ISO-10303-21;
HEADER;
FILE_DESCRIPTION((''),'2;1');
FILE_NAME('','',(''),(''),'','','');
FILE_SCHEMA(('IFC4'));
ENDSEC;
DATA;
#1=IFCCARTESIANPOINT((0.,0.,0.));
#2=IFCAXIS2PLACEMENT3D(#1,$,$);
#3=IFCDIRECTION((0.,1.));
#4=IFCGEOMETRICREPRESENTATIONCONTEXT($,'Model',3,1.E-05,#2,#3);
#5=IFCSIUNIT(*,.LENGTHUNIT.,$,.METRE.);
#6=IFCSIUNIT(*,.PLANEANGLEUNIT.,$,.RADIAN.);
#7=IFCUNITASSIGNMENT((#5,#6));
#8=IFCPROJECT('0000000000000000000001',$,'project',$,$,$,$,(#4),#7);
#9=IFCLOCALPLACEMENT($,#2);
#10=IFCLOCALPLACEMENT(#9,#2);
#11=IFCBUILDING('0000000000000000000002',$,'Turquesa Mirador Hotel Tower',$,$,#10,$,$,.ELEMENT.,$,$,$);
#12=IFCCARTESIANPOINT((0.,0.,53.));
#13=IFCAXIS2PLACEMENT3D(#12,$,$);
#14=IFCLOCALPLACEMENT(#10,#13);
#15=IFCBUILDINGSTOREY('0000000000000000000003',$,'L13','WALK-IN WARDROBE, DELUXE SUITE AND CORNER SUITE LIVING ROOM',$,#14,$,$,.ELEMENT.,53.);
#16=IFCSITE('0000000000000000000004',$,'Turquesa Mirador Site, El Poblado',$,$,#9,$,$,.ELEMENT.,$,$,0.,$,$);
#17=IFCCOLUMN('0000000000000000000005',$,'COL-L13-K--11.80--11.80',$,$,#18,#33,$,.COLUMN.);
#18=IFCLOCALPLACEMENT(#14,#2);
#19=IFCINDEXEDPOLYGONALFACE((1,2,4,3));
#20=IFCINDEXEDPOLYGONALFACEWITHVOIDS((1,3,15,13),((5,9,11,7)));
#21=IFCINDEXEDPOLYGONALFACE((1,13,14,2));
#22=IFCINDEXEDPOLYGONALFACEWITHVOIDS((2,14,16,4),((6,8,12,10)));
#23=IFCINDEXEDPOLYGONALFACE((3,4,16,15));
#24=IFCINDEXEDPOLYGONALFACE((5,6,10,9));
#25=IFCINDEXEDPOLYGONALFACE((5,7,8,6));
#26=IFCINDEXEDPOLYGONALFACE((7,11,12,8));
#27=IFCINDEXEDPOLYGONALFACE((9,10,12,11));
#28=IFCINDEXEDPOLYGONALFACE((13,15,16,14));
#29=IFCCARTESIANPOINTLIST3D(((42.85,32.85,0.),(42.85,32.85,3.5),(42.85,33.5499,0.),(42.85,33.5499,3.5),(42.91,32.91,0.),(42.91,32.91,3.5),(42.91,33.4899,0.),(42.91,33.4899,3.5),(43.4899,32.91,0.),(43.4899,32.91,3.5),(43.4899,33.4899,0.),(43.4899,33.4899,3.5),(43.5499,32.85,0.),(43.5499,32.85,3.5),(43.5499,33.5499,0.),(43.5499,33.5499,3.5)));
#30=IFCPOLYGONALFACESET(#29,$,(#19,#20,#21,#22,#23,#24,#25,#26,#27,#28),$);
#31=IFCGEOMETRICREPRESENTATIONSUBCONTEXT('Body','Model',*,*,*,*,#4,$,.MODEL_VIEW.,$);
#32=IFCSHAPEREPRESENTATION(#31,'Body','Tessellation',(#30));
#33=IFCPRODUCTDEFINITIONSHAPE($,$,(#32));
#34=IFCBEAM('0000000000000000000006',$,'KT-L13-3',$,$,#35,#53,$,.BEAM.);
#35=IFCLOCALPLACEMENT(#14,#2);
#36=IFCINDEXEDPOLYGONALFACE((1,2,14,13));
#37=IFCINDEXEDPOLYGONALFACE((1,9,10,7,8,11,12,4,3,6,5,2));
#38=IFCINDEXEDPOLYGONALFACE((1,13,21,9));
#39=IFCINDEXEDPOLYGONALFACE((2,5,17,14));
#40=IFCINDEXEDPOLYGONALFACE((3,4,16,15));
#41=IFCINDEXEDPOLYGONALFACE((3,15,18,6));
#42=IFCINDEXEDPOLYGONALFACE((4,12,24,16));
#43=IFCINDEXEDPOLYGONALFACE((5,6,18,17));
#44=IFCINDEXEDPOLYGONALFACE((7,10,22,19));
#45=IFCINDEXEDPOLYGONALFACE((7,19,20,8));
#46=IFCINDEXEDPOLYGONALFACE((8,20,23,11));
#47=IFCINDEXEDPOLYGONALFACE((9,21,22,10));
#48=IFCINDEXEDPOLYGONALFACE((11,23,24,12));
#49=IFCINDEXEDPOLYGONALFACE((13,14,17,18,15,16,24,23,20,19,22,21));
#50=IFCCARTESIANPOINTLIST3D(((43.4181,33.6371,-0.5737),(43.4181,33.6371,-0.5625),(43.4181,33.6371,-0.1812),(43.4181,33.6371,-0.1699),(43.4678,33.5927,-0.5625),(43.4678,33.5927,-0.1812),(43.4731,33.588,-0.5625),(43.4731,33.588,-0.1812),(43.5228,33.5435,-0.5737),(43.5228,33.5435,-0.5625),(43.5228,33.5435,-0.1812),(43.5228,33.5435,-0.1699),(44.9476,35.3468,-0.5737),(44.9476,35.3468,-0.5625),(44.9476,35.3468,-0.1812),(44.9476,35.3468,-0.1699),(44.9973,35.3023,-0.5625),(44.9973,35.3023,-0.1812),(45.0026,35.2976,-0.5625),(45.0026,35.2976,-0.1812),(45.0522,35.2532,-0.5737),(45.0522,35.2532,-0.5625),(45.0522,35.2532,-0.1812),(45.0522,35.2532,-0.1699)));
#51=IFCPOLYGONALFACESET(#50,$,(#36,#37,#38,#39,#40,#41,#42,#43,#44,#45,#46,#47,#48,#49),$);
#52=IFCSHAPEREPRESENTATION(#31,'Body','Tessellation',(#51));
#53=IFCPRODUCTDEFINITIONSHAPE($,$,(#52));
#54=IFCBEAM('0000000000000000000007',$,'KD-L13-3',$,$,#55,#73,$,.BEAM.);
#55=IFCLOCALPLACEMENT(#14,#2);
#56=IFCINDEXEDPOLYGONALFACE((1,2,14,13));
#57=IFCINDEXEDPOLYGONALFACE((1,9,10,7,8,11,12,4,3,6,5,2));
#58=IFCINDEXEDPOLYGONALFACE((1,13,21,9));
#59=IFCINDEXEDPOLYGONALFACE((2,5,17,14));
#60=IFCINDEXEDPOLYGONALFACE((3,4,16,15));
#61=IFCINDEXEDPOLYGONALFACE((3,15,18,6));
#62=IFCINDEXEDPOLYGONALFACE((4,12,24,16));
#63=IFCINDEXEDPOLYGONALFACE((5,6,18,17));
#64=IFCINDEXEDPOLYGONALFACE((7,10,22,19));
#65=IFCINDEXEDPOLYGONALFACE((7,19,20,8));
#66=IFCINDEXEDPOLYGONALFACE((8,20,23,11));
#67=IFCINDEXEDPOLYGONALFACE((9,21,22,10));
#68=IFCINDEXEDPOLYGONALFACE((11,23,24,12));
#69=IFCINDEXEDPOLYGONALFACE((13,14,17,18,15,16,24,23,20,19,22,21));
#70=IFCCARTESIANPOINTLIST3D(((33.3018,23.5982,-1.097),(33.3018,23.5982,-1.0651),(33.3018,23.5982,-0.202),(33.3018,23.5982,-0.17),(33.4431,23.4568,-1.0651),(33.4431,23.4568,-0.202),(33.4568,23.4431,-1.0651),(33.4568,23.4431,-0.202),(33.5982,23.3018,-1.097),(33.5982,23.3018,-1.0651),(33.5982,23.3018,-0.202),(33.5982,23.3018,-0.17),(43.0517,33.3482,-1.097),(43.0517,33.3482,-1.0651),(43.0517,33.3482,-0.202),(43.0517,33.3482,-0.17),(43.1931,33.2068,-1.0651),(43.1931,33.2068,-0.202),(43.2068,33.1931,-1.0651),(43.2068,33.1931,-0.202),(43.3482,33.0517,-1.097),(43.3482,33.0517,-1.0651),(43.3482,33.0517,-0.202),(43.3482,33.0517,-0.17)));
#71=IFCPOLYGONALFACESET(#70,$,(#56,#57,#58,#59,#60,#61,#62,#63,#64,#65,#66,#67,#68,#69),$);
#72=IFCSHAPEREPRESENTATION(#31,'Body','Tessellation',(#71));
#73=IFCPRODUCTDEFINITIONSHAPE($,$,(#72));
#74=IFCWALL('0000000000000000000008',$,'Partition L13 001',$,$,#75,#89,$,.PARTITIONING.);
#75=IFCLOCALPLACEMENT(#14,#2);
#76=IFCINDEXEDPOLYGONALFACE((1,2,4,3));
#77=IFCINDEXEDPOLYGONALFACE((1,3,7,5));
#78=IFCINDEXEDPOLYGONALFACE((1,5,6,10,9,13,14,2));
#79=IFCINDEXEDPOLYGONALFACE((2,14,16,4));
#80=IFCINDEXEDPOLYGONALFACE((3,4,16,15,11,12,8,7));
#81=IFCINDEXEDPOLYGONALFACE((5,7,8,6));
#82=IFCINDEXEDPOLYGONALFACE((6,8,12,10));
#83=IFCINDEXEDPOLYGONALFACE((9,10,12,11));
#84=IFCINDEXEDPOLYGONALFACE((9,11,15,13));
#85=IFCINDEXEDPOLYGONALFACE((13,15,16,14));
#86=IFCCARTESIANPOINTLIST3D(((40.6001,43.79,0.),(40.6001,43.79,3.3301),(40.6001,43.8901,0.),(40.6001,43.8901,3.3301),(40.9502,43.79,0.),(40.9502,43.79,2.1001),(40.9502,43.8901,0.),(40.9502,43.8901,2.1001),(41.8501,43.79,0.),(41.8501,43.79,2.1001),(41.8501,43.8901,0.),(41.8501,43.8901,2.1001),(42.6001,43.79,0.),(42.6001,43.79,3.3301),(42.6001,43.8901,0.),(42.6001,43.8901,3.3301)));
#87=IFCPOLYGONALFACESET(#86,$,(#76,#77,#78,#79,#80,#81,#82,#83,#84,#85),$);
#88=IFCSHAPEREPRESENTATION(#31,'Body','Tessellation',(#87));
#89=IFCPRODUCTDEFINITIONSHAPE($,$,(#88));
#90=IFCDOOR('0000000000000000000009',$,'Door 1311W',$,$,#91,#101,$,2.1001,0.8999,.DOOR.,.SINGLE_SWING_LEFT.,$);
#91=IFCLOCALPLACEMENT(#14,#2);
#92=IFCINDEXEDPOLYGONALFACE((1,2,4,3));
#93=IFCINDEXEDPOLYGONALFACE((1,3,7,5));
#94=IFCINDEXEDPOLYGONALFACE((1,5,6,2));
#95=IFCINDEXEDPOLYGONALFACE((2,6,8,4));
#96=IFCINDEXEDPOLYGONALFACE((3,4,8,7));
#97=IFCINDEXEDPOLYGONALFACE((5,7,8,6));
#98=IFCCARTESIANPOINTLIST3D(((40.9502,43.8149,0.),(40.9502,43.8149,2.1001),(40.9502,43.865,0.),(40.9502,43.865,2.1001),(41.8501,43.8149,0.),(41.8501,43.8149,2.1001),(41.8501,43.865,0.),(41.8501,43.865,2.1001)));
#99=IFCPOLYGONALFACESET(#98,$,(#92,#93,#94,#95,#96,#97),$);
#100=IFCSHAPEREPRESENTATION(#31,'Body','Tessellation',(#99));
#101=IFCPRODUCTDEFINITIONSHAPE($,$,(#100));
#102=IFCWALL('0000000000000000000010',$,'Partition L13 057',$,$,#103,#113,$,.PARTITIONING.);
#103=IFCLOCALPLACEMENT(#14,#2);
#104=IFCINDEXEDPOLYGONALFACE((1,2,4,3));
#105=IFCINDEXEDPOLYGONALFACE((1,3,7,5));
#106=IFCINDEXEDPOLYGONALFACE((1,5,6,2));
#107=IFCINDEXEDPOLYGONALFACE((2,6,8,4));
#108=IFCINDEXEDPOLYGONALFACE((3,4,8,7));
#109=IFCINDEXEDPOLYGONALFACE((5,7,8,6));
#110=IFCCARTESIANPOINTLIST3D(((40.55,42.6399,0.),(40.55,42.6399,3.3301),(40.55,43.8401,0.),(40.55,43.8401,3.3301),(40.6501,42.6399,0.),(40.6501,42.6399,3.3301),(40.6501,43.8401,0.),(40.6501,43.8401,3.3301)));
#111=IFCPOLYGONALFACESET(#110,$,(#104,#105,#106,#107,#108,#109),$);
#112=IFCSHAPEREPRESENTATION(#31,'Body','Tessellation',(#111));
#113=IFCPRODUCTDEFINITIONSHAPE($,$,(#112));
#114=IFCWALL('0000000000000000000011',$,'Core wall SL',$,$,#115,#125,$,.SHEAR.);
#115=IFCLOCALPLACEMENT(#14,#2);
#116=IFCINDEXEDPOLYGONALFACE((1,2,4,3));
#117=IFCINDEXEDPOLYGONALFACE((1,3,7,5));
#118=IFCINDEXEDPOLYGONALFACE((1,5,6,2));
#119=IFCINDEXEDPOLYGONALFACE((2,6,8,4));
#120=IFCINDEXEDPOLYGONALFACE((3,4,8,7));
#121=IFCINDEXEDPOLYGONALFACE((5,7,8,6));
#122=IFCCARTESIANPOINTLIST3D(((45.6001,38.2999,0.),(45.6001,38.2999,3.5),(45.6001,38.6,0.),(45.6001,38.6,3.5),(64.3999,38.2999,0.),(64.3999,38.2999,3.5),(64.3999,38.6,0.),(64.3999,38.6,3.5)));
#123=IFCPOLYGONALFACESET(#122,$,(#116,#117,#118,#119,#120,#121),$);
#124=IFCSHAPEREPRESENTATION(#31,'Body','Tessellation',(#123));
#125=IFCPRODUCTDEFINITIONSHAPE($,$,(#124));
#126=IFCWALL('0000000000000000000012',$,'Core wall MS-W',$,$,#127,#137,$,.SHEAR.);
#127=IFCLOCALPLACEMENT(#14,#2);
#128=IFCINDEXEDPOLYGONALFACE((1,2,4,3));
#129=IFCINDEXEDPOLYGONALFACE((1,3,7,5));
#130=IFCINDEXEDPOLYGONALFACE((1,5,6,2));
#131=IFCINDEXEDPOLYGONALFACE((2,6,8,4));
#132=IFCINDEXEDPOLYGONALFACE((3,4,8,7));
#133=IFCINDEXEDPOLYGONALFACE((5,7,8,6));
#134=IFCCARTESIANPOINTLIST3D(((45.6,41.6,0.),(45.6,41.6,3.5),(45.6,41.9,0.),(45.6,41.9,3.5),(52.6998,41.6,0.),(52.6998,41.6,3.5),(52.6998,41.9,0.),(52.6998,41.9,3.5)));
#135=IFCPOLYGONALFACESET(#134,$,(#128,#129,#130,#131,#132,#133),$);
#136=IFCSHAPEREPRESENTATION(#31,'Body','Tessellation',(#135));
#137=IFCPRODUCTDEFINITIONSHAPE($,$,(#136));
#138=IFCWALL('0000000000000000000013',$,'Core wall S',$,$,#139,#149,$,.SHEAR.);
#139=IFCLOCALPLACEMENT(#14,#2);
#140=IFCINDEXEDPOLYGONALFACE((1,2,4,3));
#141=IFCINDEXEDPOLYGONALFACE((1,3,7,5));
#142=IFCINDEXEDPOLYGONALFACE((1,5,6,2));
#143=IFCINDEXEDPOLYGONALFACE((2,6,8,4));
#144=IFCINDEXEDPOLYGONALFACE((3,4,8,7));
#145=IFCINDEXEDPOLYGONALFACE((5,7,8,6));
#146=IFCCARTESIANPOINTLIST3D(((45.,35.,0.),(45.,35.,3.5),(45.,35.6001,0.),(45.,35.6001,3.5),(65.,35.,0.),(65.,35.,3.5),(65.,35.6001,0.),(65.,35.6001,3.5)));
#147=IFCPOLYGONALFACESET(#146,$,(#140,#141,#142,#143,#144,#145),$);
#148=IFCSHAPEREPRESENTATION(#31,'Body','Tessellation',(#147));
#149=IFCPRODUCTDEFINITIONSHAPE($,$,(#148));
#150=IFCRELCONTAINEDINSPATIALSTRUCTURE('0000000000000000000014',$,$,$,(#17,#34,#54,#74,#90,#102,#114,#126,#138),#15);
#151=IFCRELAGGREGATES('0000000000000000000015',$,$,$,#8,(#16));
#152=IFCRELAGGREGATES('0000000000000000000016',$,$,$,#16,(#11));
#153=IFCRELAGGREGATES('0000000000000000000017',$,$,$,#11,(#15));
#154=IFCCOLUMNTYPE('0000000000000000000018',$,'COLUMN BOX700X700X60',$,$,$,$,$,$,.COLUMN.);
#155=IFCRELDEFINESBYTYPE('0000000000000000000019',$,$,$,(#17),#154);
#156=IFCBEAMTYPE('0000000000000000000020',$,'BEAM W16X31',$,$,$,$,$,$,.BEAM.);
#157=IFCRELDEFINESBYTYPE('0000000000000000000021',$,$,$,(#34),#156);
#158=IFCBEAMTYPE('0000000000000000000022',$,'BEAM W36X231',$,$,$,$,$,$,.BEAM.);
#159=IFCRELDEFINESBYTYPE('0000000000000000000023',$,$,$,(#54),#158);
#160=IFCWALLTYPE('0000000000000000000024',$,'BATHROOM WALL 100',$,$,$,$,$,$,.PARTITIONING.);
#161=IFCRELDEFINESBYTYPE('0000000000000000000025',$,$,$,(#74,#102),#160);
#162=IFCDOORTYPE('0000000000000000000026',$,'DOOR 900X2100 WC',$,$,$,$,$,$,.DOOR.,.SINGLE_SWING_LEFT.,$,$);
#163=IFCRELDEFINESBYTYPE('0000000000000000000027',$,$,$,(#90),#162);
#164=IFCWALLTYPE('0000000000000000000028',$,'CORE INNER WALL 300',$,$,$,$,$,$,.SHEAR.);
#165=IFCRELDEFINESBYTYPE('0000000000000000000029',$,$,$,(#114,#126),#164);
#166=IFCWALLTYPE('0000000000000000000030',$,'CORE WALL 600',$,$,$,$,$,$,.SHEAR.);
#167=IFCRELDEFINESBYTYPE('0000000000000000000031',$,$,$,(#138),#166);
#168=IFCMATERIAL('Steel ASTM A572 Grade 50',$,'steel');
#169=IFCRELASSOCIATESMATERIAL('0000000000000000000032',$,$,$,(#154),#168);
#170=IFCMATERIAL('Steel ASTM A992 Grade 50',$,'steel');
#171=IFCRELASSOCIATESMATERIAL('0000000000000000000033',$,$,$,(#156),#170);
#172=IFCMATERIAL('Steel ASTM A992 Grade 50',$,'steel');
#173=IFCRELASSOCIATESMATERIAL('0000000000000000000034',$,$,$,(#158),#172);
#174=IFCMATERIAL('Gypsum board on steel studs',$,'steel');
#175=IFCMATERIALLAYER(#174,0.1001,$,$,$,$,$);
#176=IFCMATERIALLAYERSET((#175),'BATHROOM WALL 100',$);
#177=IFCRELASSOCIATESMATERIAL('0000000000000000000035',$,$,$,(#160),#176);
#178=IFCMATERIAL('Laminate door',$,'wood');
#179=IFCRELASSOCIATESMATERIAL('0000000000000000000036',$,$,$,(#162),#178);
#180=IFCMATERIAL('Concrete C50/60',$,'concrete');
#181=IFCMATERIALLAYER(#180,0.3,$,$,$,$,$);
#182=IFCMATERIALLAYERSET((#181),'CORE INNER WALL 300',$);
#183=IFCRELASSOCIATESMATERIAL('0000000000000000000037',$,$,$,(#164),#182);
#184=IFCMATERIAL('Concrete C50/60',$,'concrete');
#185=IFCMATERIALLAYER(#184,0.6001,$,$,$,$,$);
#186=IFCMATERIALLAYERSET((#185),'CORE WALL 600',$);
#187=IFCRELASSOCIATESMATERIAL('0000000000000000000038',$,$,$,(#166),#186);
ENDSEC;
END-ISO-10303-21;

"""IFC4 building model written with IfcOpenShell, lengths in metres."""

from ifc_helpers import new_model, si_unit, direction, frame, frame_2d, origin, origin_2d, place, context, subcontext, project, spatial, rectangle, hollow_rectangle, i_section, extrude, material, layer, layer_set, material_profile, profile_set, type_object, element, fill, save


model = new_model("IFC4")

# Units and contexts
model_context = context("Model", 3, precision=1e-05, world=origin(), true_north=direction((0.0, 1.0)))
body_context = subcontext(model_context, "Body", "Model", "MODEL_VIEW")
ifc_project = project(units=[si_unit("LENGTHUNIT", "METRE"), si_unit("PLANEANGLEUNIT", "RADIAN")], contexts=[model_context])

# Site, building, storey
site_placement = place(None, origin())
site = spatial("IfcSite", under=ifc_project, at=site_placement, Name="Turquesa Mirador Site, El Poblado", CompositionType="ELEMENT", RefElevation=0.0)
building_placement = place(site_placement, origin())
building = spatial("IfcBuilding", under=site, at=building_placement, Name="Turquesa Mirador Hotel Tower", CompositionType="ELEMENT")
storey_placement = place(building_placement, frame((0.0, 0.0, 53.0)))
storey = spatial("IfcBuildingStorey", under=building, at=storey_placement, Name="L13", Description="WALK-IN WARDROBE, DELUXE SUITE AND CORNER SUITE LIVING ROOM", CompositionType="ELEMENT", Elevation=53.0)

# Column
ifc_material_1 = material(Name="Steel ASTM A572 Grade 50", Category="steel")
ifc_material_profile_1 = material_profile(ifc_material_1, hollow_rectangle(XDim=0.7, YDim=0.7, WallThickness=0.0601, at=origin_2d()), Name="BOX700X700X60")
ifc_profile_set_1 = profile_set([ifc_material_profile_1], Name="Steel ASTM A572 Grade 50")
column_type = type_object("IfcColumnType", Name="COLUMN BOX700X700X60", PredefinedType="COLUMN", material=ifc_profile_set_1)
column_placement = place(storey_placement, frame((43.2, 33.2, 0.0), z_axis=(0.0, 0.0, 1.0), x_axis=(1.0, 0.0, 0.0)))
element("IfcColumn", 1, at=column_placement, inside=storey, type_object=column_type, Name="COL-L13-K--11.80--11.80", PredefinedType="COLUMN", context=body_context, shape_type="SweptSolid", body=[
    extrude(hollow_rectangle(XDim=0.7, YDim=0.7, WallThickness=0.0601, at=origin_2d()), origin(), (0.0, 0.0, 1.0), 3.5),
])

# Beams
ifc_material_2 = material(Name="Steel ASTM A992 Grade 50", Category="steel")
ifc_material_profile_2 = material_profile(ifc_material_2, i_section(OverallWidth=0.1404, OverallDepth=0.4038, WebThickness=0.0071, FlangeThickness=0.0112, at=origin_2d()), Name="W16X31")
ifc_profile_set_2 = profile_set([ifc_material_profile_2], Name="Steel ASTM A992 Grade 50")
beam_type_1 = type_object("IfcBeamType", Name="BEAM W16X31", PredefinedType="BEAM", material=ifc_profile_set_2)
beam_1_placement = place(storey_placement, frame((43.4705, 33.5903, -0.3718), z_axis=(0.666745, 0.745286, 0.0), x_axis=(-0.745286, 0.666745, 0.0)))
element("IfcBeam", 2, at=beam_1_placement, inside=storey, type_object=beam_type_1, Name="KT-L13-3", PredefinedType="BEAM", context=body_context, shape_type="SweptSolid", body=[
    extrude(i_section(OverallWidth=0.1404, OverallDepth=0.4038, WebThickness=0.0071, FlangeThickness=0.0112, at=origin_2d()), origin(), (0.0, 0.0, 1.0), 2.2939),
])
ifc_material_3 = material(Name="Steel ASTM A992 Grade 50", Category="steel")
ifc_material_profile_3 = material_profile(ifc_material_3, i_section(OverallWidth=0.4192, OverallDepth=0.927, WebThickness=0.0193, FlangeThickness=0.032, at=origin_2d()), Name="W36X231")
ifc_profile_set_3 = profile_set([ifc_material_profile_3], Name="Steel ASTM A992 Grade 50")
beam_type_2 = type_object("IfcBeamType", Name="BEAM W36X231", PredefinedType="BEAM", material=ifc_profile_set_3)
beam_2_placement = place(storey_placement, frame((43.2, 33.2, -0.6335), z_axis=(-0.707107, -0.707107, 0.0), x_axis=(0.707107, -0.707107, 0.0)))
element("IfcBeam", 3, at=beam_2_placement, inside=storey, type_object=beam_type_2, Name="KD-L13-3", PredefinedType="BEAM", context=body_context, shape_type="SweptSolid", body=[
    extrude(i_section(OverallWidth=0.4192, OverallDepth=0.927, WebThickness=0.0193, FlangeThickness=0.032, at=origin_2d()), origin(), (0.0, 0.0, 1.0), 13.7886),
])

# Wall, opening, door
ifc_material_4 = material(Name="Gypsum board on steel studs", Category="steel")
ifc_layer_1 = layer(ifc_material_4, 0.1001)
ifc_layer_set_1 = layer_set([ifc_layer_1], Name="BATHROOM WALL 100")
wall_type_1 = type_object("IfcWallType", Name="BATHROOM WALL 100", PredefinedType="PARTITIONING", material=ifc_layer_set_1)
wall_1_placement = place(storey_placement, frame((40.6001, 43.8401, 0.0), z_axis=(0.0, 0.0, 1.0), x_axis=(1.0, 0.0, 0.0)))
wall_1 = element("IfcWall", 4, at=wall_1_placement, inside=storey, type_object=wall_type_1, Name="Partition L13 001", PredefinedType="PARTITIONING", context=body_context, shape_type="SweptSolid", body=[
    extrude(rectangle(XDim=2.0, YDim=0.1001, at=frame_2d((1.0, 0.0))), origin(), (0.0, 0.0, 1.0), 3.3301),
])
opening_1_placement = place(wall_1_placement, frame((0.3501, 0.0, 0.0)))
opening_1 = element("IfcOpeningElement", 5, at=opening_1_placement, cuts=wall_1, PredefinedType="OPENING", context=body_context, shape_type="SweptSolid", body=[
    extrude(rectangle(XDim=0.8999, YDim=2.1001, at=frame_2d((0.45, 1.05))), frame((0.0, 0.0601, 0.0), z_axis=(0.0, -1.0, 0.0), x_axis=(1.0, 0.0, 0.0)), (0.0, 0.0, 1.0), 0.1201),
])
ifc_material_5 = material(Name="Laminate door", Category="wood")
door_type_1 = type_object("IfcDoorType", Name="DOOR 900X2100 WC", OperationType="SINGLE_SWING_LEFT", PredefinedType="DOOR", material=ifc_material_5)
door_1_placement = place(opening_1_placement, origin())
door_1 = element("IfcDoor", 6, at=door_1_placement, inside=storey, type_object=door_type_1, Name="Door 1311W", OperationType="SINGLE_SWING_LEFT", OverallHeight=2.1001, OverallWidth=0.8999, PredefinedType="DOOR", context=body_context, shape_type="SweptSolid", body=[
    extrude(rectangle(XDim=0.8999, YDim=2.1001, at=frame_2d((0.45, 1.05))), frame((0.0, 0.0249, 0.0), z_axis=(0.0, -1.0, 0.0), x_axis=(1.0, 0.0, 0.0)), (0.0, 0.0, 1.0), 0.05),
])
fill(opening_1, door_1)

# Walls
wall_2_placement = place(storey_placement, frame((40.6001, 42.6399, 0.0), z_axis=(0.0, 0.0, 1.0), x_axis=(0.0, 1.0, 0.0)))
element("IfcWall", 7, at=wall_2_placement, inside=storey, type_object=wall_type_1, Name="Partition L13 057", PredefinedType="PARTITIONING", context=body_context, shape_type="SweptSolid", body=[
    extrude(rectangle(XDim=1.2002, YDim=0.1001, at=frame_2d((0.6001, 0.0))), origin(), (0.0, 0.0, 1.0), 3.3301),
])
ifc_material_6 = material(Name="Concrete C50/60", Category="concrete")
ifc_layer_2 = layer(ifc_material_6, 0.3)
ifc_layer_set_2 = layer_set([ifc_layer_2], Name="CORE INNER WALL 300")
wall_type_2 = type_object("IfcWallType", Name="CORE INNER WALL 300", PredefinedType="SHEAR", material=ifc_layer_set_2)
wall_3_placement = place(storey_placement, frame((45.6001, 38.45, 0.0), z_axis=(0.0, 0.0, 1.0), x_axis=(1.0, 0.0, 0.0)))
element("IfcWall", 8, at=wall_3_placement, inside=storey, type_object=wall_type_2, Name="Core wall SL", PredefinedType="SHEAR", context=body_context, shape_type="SweptSolid", body=[
    extrude(rectangle(XDim=18.7998, YDim=0.3, at=frame_2d((9.3999, 0.0))), origin(), (0.0, 0.0, 1.0), 3.5),
])
wall_4_placement = place(storey_placement, frame((45.6001, 41.75, 0.0), z_axis=(0.0, 0.0, 1.0), x_axis=(1.0, 0.0, 0.0)))
element("IfcWall", 9, at=wall_4_placement, inside=storey, type_object=wall_type_2, Name="Core wall MS-W", PredefinedType="SHEAR", context=body_context, shape_type="SweptSolid", body=[
    extrude(rectangle(XDim=7.0999, YDim=0.3, at=frame_2d((3.5498, 0.0))), origin(), (0.0, 0.0, 1.0), 3.5),
])
ifc_material_7 = material(Name="Concrete C50/60", Category="concrete")
ifc_layer_3 = layer(ifc_material_7, 0.6001)
ifc_layer_set_3 = layer_set([ifc_layer_3], Name="CORE WALL 600")
wall_type_3 = type_object("IfcWallType", Name="CORE WALL 600", PredefinedType="SHEAR", material=ifc_layer_set_3)
wall_5_placement = place(storey_placement, frame((45.0, 35.3, 0.0), z_axis=(0.0, 0.0, 1.0), x_axis=(1.0, 0.0, 0.0)))
element("IfcWall", 10, at=wall_5_placement, inside=storey, type_object=wall_type_3, Name="Core wall S", PredefinedType="SHEAR", context=body_context, shape_type="SweptSolid", body=[
    extrude(rectangle(XDim=20.0, YDim=0.6001, at=frame_2d((10.0, 0.0))), origin(), (0.0, 0.0, 1.0), 3.5),
])

save(model, "model.ifc")
